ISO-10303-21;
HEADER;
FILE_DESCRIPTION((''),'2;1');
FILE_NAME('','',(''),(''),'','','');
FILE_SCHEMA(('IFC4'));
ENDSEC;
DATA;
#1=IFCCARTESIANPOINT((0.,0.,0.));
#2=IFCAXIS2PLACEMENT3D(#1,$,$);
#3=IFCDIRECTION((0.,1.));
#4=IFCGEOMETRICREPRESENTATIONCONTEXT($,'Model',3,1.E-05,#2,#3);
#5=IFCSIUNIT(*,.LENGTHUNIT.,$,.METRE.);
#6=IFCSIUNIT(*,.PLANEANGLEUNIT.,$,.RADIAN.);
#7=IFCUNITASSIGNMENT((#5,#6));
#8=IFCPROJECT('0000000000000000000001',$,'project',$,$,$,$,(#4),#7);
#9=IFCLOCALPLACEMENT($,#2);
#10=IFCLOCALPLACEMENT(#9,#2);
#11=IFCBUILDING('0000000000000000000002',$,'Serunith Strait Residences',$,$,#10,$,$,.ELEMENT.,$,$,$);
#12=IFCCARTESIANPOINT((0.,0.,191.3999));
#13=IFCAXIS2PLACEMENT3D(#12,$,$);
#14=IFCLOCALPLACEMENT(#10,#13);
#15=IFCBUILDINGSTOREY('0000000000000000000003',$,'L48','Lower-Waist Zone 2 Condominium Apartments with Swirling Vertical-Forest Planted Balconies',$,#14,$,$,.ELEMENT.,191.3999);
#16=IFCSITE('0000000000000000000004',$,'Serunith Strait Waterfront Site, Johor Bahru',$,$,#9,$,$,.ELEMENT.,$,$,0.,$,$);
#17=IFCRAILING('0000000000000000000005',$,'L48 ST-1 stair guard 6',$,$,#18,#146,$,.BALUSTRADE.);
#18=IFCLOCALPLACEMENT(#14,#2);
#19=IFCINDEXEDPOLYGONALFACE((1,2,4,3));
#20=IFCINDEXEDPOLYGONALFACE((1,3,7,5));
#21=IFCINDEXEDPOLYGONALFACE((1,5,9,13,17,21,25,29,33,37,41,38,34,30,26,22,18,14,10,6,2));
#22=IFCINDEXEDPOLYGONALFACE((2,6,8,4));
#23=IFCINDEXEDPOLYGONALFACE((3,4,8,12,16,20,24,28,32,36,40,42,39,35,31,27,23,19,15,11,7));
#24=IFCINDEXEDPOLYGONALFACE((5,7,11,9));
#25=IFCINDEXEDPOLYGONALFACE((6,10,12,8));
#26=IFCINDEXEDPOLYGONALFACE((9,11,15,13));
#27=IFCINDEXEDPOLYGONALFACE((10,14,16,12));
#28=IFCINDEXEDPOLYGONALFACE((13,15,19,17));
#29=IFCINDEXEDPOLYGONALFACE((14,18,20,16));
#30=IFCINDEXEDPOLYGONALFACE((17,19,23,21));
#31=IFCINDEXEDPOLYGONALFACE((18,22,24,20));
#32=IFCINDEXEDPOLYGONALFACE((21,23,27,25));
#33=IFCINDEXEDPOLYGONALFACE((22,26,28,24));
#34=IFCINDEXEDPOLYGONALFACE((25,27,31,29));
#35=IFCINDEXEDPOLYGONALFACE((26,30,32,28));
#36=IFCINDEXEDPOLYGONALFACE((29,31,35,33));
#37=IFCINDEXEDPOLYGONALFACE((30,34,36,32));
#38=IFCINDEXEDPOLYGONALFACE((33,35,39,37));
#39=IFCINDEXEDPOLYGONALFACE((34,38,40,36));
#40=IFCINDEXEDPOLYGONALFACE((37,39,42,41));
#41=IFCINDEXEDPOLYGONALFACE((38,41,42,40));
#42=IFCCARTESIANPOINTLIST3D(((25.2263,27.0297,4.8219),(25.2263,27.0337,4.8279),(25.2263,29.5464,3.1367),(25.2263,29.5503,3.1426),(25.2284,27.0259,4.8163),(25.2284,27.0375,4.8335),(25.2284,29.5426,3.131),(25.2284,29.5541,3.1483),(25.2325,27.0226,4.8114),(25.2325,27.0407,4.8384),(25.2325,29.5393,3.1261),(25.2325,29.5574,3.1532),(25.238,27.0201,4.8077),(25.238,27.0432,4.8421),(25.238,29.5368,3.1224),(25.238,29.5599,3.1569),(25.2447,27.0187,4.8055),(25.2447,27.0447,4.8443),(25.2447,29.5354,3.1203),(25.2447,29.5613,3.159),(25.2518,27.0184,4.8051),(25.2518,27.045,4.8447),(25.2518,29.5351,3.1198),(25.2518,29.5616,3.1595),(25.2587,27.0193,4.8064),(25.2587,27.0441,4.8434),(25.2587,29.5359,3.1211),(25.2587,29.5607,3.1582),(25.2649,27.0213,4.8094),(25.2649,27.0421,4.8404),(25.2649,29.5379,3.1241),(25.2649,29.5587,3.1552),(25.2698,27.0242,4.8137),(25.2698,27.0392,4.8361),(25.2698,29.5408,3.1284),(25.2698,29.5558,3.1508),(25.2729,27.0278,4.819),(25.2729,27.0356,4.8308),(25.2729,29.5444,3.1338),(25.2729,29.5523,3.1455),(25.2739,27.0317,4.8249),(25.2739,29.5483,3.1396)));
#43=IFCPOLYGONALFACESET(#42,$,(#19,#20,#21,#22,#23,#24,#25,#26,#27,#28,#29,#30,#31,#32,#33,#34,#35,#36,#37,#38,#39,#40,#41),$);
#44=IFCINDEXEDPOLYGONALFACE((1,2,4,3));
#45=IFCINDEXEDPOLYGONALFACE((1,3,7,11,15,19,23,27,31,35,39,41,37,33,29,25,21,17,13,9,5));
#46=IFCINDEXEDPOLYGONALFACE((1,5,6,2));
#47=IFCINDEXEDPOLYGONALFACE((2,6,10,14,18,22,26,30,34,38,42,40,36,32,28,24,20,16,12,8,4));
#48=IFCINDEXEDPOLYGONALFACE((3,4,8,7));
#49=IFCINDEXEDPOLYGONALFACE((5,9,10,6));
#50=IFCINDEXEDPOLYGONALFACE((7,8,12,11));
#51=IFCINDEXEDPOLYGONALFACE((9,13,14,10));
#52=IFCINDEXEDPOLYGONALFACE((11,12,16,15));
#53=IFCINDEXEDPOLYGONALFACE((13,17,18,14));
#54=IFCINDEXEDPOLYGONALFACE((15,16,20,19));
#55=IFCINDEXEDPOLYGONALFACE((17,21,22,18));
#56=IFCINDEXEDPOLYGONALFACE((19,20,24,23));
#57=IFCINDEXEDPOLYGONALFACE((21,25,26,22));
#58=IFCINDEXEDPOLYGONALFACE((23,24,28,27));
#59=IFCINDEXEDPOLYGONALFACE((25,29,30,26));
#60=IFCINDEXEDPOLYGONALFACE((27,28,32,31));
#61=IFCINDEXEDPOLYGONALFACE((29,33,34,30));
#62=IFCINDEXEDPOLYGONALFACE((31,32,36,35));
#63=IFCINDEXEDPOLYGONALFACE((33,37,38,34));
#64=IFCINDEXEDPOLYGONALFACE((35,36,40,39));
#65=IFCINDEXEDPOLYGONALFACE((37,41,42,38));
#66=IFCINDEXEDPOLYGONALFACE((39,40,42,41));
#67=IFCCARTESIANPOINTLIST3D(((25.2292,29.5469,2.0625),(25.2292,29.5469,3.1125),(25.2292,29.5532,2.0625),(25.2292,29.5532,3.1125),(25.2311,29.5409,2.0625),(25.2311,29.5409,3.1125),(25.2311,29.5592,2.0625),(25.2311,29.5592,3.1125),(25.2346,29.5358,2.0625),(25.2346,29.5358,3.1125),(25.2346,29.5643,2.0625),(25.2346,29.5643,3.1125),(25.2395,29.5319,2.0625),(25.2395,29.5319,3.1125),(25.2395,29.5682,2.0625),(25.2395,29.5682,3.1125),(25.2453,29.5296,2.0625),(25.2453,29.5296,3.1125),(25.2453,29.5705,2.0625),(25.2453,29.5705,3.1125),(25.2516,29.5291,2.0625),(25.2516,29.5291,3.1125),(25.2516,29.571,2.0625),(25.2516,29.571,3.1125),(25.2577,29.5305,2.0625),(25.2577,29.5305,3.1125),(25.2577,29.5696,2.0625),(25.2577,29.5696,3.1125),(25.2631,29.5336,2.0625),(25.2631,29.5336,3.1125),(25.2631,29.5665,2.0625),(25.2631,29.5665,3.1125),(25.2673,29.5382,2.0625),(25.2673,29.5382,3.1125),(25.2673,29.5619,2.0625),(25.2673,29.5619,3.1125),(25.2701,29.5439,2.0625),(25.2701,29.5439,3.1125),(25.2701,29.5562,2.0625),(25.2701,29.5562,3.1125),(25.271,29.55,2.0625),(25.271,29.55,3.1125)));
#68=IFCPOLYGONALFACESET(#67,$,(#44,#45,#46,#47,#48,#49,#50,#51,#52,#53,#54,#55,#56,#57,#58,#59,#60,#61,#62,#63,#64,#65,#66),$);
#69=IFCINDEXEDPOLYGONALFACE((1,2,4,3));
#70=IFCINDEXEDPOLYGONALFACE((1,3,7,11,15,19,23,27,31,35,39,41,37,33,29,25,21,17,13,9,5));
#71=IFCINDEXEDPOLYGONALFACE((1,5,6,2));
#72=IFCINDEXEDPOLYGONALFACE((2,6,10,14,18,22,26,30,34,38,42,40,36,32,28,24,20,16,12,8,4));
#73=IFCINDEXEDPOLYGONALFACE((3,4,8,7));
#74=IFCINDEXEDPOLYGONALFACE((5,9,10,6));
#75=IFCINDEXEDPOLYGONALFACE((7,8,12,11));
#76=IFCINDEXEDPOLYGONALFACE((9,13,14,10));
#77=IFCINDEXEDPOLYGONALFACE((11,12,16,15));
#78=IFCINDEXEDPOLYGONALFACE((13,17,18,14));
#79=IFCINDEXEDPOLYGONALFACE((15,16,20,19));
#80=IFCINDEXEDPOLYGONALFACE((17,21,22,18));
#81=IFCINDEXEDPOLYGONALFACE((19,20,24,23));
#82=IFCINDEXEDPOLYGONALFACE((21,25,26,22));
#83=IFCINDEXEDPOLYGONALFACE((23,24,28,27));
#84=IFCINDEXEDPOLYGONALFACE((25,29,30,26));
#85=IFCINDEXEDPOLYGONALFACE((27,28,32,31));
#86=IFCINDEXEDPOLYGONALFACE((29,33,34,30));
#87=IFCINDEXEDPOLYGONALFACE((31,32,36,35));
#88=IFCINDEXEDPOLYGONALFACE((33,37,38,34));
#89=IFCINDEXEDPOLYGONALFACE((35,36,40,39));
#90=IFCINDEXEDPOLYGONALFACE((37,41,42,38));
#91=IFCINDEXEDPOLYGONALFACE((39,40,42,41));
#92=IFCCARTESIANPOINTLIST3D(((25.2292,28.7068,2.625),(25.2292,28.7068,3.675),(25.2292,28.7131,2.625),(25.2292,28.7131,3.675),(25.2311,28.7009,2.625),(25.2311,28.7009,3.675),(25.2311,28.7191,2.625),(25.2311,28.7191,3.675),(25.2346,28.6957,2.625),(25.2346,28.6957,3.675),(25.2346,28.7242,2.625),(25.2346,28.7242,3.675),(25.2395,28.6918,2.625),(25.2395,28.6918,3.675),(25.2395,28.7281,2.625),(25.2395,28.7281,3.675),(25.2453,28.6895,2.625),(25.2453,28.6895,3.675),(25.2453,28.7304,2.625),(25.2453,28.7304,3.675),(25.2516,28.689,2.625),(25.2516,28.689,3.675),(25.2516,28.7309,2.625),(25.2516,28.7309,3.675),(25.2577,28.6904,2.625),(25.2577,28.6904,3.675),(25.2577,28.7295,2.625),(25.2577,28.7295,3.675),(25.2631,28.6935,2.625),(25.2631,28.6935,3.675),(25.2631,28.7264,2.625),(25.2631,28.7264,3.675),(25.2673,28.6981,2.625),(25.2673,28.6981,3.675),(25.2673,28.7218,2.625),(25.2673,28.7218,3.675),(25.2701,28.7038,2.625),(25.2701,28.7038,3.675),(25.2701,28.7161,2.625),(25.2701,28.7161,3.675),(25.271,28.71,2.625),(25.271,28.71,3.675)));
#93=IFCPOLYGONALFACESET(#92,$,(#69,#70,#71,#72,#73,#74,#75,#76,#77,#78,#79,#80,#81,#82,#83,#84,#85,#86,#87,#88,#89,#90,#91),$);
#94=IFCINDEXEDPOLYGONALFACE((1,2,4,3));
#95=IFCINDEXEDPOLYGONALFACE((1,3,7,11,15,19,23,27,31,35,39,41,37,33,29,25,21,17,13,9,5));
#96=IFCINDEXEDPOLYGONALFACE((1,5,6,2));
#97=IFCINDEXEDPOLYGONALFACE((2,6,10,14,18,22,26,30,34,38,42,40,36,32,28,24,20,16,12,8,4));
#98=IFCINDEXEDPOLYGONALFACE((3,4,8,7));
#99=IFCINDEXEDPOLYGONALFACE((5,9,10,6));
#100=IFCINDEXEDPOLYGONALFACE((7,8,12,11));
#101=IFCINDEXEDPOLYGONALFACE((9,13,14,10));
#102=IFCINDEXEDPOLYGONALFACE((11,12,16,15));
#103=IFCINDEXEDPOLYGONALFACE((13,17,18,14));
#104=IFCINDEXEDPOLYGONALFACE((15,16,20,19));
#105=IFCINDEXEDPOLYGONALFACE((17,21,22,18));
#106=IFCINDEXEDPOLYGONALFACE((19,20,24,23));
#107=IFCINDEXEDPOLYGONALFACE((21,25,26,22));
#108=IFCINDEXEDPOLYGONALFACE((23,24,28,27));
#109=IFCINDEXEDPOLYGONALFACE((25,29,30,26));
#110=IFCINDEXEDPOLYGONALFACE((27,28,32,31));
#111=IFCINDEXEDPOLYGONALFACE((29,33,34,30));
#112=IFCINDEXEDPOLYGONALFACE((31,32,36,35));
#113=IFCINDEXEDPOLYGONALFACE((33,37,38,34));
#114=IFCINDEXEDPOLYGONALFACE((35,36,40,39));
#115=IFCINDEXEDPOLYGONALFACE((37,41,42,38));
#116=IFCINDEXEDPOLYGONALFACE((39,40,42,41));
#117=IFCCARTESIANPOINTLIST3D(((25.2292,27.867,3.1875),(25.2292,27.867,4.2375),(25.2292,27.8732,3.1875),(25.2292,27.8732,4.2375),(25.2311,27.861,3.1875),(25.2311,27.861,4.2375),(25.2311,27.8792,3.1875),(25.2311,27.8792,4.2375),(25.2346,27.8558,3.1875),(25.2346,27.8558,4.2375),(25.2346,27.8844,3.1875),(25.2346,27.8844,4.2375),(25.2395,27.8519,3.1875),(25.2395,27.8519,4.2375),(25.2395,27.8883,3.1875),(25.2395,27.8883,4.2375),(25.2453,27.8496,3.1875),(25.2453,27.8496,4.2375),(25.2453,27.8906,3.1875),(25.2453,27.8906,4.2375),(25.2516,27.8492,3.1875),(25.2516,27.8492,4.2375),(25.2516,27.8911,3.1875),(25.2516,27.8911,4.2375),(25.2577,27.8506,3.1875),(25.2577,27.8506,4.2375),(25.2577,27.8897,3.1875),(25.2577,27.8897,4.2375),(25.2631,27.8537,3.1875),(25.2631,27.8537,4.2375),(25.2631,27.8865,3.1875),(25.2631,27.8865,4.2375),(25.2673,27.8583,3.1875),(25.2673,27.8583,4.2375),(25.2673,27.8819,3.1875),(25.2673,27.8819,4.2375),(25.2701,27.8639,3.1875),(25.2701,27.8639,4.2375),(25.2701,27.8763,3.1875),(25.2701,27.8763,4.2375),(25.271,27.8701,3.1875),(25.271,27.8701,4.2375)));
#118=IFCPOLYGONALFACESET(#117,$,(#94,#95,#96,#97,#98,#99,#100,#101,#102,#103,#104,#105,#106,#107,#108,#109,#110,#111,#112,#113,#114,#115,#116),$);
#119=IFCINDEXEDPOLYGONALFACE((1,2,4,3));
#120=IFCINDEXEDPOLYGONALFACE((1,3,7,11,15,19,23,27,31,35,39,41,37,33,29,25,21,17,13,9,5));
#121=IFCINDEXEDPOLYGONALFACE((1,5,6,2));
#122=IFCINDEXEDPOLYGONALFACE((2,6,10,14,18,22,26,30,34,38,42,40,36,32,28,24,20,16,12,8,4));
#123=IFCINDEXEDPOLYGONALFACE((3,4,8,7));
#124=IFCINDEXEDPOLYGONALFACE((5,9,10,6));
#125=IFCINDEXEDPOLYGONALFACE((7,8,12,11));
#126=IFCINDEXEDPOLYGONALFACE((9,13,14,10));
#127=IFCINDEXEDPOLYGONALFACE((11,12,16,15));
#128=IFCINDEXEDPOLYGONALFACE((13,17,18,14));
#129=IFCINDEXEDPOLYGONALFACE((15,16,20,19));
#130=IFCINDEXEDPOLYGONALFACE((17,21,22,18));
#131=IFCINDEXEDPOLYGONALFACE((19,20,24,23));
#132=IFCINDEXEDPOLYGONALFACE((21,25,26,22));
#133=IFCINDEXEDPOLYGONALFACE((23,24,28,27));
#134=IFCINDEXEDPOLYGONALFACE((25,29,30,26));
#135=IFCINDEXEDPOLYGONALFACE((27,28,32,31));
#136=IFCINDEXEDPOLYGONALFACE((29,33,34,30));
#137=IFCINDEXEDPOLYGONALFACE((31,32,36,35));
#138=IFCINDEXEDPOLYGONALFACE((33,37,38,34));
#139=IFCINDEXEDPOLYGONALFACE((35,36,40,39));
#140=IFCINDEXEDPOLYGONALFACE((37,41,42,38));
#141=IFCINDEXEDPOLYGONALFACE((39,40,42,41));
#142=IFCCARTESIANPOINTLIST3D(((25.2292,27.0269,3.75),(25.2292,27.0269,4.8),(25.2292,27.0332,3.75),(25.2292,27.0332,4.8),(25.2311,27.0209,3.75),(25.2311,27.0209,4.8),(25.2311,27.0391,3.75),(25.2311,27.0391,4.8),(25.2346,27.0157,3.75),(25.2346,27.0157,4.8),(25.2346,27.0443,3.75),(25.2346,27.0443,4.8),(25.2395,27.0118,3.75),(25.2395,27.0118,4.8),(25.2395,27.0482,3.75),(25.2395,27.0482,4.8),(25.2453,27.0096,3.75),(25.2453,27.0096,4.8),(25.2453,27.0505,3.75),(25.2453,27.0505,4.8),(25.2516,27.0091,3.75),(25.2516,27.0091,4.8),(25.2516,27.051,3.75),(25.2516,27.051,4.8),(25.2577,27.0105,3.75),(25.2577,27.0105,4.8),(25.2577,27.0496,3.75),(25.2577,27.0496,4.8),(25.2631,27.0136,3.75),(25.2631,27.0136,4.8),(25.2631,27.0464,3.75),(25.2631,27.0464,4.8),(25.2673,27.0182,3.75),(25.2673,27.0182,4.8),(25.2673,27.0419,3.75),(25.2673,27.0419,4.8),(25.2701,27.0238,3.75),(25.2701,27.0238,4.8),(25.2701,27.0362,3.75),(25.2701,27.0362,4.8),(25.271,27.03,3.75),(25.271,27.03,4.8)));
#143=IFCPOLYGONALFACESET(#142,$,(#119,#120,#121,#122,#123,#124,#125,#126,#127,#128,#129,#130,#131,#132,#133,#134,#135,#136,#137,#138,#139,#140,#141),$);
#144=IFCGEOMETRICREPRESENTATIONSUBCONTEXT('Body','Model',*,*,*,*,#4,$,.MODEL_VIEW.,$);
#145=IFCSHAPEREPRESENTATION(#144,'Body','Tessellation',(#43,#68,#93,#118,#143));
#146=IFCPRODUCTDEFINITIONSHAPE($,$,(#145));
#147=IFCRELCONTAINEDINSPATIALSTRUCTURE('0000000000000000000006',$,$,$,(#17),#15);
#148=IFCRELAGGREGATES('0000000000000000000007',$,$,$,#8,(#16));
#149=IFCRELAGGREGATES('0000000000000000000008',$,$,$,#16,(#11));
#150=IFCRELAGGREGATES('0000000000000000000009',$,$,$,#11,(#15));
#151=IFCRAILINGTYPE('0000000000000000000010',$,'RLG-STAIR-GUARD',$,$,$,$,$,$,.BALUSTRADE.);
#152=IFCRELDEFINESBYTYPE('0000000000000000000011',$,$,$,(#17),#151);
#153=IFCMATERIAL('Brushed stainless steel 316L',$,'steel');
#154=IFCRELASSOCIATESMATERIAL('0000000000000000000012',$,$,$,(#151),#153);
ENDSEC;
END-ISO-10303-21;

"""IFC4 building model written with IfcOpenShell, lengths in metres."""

from ifc_helpers import new_model, si_unit, direction, frame, origin, origin_2d, place, context, subcontext, project, spatial, circle, extrude, material, type_object, element, save


model = new_model("IFC4")

# Units and contexts
model_context = context("Model", 3, precision=1e-05, world=origin(), true_north=direction((0.0, 1.0)))
body_context = subcontext(model_context, "Body", "Model", "MODEL_VIEW")
ifc_project = project(units=[si_unit("LENGTHUNIT", "METRE"), si_unit("PLANEANGLEUNIT", "RADIAN")], contexts=[model_context])

# Site, building, storey
site_placement = place(None, origin())
site = spatial("IfcSite", under=ifc_project, at=site_placement, Name="Serunith Strait Waterfront Site, Johor Bahru", CompositionType="ELEMENT", RefElevation=0.0)
building_placement = place(site_placement, origin())
building = spatial("IfcBuilding", under=site, at=building_placement, Name="Serunith Strait Residences", CompositionType="ELEMENT")
storey_placement = place(building_placement, frame((0.0, 0.0, 191.3999)))
storey = spatial("IfcBuildingStorey", under=building, at=storey_placement, Name="L48", Description="Lower-Waist Zone 2 Condominium Apartments with Swirling Vertical-Forest Planted Balconies", CompositionType="ELEMENT", Elevation=191.3999)

# Railing
ifc_material_1 = material(Name="Brushed stainless steel 316L", Category="steel")
railing_type_1 = type_object("IfcRailingType", Name="RLG-STAIR-GUARD", PredefinedType="BALUSTRADE", material=ifc_material_1)
railing_1_placement = place(storey_placement, frame((25.25, 29.55, 2.0625)))
element("IfcRailing", 1, at=railing_1_placement, inside=storey, type_object=railing_type_1, Name="L48 ST-1 stair guard 6", PredefinedType="BALUSTRADE", context=body_context, shape_type="SweptSolid", body=[
    extrude(circle(Radius=0.0239, at=origin_2d()), frame((0.0, -0.0017, 1.0771), z_axis=(0.0, -0.830909, 0.556408), x_axis=(1.0, 0.0, 0.0)), (0.0, 0.0, 1.0), 3.0288),
    extrude(circle(Radius=0.021, at=origin_2d()), origin(), (0.0, 0.0, 1.0), 1.05),
    extrude(circle(Radius=0.021, at=origin_2d()), frame((0.0, -0.8401, 0.5625)), (0.0, 0.0, 1.0), 1.05),
    extrude(circle(Radius=0.021, at=origin_2d()), frame((0.0, -1.6799, 1.125)), (0.0, 0.0, 1.0), 1.05),
    extrude(circle(Radius=0.021, at=origin_2d()), frame((0.0, -2.52, 1.6875)), (0.0, 0.0, 1.0), 1.05),
])

save(model, "model.ifc")
